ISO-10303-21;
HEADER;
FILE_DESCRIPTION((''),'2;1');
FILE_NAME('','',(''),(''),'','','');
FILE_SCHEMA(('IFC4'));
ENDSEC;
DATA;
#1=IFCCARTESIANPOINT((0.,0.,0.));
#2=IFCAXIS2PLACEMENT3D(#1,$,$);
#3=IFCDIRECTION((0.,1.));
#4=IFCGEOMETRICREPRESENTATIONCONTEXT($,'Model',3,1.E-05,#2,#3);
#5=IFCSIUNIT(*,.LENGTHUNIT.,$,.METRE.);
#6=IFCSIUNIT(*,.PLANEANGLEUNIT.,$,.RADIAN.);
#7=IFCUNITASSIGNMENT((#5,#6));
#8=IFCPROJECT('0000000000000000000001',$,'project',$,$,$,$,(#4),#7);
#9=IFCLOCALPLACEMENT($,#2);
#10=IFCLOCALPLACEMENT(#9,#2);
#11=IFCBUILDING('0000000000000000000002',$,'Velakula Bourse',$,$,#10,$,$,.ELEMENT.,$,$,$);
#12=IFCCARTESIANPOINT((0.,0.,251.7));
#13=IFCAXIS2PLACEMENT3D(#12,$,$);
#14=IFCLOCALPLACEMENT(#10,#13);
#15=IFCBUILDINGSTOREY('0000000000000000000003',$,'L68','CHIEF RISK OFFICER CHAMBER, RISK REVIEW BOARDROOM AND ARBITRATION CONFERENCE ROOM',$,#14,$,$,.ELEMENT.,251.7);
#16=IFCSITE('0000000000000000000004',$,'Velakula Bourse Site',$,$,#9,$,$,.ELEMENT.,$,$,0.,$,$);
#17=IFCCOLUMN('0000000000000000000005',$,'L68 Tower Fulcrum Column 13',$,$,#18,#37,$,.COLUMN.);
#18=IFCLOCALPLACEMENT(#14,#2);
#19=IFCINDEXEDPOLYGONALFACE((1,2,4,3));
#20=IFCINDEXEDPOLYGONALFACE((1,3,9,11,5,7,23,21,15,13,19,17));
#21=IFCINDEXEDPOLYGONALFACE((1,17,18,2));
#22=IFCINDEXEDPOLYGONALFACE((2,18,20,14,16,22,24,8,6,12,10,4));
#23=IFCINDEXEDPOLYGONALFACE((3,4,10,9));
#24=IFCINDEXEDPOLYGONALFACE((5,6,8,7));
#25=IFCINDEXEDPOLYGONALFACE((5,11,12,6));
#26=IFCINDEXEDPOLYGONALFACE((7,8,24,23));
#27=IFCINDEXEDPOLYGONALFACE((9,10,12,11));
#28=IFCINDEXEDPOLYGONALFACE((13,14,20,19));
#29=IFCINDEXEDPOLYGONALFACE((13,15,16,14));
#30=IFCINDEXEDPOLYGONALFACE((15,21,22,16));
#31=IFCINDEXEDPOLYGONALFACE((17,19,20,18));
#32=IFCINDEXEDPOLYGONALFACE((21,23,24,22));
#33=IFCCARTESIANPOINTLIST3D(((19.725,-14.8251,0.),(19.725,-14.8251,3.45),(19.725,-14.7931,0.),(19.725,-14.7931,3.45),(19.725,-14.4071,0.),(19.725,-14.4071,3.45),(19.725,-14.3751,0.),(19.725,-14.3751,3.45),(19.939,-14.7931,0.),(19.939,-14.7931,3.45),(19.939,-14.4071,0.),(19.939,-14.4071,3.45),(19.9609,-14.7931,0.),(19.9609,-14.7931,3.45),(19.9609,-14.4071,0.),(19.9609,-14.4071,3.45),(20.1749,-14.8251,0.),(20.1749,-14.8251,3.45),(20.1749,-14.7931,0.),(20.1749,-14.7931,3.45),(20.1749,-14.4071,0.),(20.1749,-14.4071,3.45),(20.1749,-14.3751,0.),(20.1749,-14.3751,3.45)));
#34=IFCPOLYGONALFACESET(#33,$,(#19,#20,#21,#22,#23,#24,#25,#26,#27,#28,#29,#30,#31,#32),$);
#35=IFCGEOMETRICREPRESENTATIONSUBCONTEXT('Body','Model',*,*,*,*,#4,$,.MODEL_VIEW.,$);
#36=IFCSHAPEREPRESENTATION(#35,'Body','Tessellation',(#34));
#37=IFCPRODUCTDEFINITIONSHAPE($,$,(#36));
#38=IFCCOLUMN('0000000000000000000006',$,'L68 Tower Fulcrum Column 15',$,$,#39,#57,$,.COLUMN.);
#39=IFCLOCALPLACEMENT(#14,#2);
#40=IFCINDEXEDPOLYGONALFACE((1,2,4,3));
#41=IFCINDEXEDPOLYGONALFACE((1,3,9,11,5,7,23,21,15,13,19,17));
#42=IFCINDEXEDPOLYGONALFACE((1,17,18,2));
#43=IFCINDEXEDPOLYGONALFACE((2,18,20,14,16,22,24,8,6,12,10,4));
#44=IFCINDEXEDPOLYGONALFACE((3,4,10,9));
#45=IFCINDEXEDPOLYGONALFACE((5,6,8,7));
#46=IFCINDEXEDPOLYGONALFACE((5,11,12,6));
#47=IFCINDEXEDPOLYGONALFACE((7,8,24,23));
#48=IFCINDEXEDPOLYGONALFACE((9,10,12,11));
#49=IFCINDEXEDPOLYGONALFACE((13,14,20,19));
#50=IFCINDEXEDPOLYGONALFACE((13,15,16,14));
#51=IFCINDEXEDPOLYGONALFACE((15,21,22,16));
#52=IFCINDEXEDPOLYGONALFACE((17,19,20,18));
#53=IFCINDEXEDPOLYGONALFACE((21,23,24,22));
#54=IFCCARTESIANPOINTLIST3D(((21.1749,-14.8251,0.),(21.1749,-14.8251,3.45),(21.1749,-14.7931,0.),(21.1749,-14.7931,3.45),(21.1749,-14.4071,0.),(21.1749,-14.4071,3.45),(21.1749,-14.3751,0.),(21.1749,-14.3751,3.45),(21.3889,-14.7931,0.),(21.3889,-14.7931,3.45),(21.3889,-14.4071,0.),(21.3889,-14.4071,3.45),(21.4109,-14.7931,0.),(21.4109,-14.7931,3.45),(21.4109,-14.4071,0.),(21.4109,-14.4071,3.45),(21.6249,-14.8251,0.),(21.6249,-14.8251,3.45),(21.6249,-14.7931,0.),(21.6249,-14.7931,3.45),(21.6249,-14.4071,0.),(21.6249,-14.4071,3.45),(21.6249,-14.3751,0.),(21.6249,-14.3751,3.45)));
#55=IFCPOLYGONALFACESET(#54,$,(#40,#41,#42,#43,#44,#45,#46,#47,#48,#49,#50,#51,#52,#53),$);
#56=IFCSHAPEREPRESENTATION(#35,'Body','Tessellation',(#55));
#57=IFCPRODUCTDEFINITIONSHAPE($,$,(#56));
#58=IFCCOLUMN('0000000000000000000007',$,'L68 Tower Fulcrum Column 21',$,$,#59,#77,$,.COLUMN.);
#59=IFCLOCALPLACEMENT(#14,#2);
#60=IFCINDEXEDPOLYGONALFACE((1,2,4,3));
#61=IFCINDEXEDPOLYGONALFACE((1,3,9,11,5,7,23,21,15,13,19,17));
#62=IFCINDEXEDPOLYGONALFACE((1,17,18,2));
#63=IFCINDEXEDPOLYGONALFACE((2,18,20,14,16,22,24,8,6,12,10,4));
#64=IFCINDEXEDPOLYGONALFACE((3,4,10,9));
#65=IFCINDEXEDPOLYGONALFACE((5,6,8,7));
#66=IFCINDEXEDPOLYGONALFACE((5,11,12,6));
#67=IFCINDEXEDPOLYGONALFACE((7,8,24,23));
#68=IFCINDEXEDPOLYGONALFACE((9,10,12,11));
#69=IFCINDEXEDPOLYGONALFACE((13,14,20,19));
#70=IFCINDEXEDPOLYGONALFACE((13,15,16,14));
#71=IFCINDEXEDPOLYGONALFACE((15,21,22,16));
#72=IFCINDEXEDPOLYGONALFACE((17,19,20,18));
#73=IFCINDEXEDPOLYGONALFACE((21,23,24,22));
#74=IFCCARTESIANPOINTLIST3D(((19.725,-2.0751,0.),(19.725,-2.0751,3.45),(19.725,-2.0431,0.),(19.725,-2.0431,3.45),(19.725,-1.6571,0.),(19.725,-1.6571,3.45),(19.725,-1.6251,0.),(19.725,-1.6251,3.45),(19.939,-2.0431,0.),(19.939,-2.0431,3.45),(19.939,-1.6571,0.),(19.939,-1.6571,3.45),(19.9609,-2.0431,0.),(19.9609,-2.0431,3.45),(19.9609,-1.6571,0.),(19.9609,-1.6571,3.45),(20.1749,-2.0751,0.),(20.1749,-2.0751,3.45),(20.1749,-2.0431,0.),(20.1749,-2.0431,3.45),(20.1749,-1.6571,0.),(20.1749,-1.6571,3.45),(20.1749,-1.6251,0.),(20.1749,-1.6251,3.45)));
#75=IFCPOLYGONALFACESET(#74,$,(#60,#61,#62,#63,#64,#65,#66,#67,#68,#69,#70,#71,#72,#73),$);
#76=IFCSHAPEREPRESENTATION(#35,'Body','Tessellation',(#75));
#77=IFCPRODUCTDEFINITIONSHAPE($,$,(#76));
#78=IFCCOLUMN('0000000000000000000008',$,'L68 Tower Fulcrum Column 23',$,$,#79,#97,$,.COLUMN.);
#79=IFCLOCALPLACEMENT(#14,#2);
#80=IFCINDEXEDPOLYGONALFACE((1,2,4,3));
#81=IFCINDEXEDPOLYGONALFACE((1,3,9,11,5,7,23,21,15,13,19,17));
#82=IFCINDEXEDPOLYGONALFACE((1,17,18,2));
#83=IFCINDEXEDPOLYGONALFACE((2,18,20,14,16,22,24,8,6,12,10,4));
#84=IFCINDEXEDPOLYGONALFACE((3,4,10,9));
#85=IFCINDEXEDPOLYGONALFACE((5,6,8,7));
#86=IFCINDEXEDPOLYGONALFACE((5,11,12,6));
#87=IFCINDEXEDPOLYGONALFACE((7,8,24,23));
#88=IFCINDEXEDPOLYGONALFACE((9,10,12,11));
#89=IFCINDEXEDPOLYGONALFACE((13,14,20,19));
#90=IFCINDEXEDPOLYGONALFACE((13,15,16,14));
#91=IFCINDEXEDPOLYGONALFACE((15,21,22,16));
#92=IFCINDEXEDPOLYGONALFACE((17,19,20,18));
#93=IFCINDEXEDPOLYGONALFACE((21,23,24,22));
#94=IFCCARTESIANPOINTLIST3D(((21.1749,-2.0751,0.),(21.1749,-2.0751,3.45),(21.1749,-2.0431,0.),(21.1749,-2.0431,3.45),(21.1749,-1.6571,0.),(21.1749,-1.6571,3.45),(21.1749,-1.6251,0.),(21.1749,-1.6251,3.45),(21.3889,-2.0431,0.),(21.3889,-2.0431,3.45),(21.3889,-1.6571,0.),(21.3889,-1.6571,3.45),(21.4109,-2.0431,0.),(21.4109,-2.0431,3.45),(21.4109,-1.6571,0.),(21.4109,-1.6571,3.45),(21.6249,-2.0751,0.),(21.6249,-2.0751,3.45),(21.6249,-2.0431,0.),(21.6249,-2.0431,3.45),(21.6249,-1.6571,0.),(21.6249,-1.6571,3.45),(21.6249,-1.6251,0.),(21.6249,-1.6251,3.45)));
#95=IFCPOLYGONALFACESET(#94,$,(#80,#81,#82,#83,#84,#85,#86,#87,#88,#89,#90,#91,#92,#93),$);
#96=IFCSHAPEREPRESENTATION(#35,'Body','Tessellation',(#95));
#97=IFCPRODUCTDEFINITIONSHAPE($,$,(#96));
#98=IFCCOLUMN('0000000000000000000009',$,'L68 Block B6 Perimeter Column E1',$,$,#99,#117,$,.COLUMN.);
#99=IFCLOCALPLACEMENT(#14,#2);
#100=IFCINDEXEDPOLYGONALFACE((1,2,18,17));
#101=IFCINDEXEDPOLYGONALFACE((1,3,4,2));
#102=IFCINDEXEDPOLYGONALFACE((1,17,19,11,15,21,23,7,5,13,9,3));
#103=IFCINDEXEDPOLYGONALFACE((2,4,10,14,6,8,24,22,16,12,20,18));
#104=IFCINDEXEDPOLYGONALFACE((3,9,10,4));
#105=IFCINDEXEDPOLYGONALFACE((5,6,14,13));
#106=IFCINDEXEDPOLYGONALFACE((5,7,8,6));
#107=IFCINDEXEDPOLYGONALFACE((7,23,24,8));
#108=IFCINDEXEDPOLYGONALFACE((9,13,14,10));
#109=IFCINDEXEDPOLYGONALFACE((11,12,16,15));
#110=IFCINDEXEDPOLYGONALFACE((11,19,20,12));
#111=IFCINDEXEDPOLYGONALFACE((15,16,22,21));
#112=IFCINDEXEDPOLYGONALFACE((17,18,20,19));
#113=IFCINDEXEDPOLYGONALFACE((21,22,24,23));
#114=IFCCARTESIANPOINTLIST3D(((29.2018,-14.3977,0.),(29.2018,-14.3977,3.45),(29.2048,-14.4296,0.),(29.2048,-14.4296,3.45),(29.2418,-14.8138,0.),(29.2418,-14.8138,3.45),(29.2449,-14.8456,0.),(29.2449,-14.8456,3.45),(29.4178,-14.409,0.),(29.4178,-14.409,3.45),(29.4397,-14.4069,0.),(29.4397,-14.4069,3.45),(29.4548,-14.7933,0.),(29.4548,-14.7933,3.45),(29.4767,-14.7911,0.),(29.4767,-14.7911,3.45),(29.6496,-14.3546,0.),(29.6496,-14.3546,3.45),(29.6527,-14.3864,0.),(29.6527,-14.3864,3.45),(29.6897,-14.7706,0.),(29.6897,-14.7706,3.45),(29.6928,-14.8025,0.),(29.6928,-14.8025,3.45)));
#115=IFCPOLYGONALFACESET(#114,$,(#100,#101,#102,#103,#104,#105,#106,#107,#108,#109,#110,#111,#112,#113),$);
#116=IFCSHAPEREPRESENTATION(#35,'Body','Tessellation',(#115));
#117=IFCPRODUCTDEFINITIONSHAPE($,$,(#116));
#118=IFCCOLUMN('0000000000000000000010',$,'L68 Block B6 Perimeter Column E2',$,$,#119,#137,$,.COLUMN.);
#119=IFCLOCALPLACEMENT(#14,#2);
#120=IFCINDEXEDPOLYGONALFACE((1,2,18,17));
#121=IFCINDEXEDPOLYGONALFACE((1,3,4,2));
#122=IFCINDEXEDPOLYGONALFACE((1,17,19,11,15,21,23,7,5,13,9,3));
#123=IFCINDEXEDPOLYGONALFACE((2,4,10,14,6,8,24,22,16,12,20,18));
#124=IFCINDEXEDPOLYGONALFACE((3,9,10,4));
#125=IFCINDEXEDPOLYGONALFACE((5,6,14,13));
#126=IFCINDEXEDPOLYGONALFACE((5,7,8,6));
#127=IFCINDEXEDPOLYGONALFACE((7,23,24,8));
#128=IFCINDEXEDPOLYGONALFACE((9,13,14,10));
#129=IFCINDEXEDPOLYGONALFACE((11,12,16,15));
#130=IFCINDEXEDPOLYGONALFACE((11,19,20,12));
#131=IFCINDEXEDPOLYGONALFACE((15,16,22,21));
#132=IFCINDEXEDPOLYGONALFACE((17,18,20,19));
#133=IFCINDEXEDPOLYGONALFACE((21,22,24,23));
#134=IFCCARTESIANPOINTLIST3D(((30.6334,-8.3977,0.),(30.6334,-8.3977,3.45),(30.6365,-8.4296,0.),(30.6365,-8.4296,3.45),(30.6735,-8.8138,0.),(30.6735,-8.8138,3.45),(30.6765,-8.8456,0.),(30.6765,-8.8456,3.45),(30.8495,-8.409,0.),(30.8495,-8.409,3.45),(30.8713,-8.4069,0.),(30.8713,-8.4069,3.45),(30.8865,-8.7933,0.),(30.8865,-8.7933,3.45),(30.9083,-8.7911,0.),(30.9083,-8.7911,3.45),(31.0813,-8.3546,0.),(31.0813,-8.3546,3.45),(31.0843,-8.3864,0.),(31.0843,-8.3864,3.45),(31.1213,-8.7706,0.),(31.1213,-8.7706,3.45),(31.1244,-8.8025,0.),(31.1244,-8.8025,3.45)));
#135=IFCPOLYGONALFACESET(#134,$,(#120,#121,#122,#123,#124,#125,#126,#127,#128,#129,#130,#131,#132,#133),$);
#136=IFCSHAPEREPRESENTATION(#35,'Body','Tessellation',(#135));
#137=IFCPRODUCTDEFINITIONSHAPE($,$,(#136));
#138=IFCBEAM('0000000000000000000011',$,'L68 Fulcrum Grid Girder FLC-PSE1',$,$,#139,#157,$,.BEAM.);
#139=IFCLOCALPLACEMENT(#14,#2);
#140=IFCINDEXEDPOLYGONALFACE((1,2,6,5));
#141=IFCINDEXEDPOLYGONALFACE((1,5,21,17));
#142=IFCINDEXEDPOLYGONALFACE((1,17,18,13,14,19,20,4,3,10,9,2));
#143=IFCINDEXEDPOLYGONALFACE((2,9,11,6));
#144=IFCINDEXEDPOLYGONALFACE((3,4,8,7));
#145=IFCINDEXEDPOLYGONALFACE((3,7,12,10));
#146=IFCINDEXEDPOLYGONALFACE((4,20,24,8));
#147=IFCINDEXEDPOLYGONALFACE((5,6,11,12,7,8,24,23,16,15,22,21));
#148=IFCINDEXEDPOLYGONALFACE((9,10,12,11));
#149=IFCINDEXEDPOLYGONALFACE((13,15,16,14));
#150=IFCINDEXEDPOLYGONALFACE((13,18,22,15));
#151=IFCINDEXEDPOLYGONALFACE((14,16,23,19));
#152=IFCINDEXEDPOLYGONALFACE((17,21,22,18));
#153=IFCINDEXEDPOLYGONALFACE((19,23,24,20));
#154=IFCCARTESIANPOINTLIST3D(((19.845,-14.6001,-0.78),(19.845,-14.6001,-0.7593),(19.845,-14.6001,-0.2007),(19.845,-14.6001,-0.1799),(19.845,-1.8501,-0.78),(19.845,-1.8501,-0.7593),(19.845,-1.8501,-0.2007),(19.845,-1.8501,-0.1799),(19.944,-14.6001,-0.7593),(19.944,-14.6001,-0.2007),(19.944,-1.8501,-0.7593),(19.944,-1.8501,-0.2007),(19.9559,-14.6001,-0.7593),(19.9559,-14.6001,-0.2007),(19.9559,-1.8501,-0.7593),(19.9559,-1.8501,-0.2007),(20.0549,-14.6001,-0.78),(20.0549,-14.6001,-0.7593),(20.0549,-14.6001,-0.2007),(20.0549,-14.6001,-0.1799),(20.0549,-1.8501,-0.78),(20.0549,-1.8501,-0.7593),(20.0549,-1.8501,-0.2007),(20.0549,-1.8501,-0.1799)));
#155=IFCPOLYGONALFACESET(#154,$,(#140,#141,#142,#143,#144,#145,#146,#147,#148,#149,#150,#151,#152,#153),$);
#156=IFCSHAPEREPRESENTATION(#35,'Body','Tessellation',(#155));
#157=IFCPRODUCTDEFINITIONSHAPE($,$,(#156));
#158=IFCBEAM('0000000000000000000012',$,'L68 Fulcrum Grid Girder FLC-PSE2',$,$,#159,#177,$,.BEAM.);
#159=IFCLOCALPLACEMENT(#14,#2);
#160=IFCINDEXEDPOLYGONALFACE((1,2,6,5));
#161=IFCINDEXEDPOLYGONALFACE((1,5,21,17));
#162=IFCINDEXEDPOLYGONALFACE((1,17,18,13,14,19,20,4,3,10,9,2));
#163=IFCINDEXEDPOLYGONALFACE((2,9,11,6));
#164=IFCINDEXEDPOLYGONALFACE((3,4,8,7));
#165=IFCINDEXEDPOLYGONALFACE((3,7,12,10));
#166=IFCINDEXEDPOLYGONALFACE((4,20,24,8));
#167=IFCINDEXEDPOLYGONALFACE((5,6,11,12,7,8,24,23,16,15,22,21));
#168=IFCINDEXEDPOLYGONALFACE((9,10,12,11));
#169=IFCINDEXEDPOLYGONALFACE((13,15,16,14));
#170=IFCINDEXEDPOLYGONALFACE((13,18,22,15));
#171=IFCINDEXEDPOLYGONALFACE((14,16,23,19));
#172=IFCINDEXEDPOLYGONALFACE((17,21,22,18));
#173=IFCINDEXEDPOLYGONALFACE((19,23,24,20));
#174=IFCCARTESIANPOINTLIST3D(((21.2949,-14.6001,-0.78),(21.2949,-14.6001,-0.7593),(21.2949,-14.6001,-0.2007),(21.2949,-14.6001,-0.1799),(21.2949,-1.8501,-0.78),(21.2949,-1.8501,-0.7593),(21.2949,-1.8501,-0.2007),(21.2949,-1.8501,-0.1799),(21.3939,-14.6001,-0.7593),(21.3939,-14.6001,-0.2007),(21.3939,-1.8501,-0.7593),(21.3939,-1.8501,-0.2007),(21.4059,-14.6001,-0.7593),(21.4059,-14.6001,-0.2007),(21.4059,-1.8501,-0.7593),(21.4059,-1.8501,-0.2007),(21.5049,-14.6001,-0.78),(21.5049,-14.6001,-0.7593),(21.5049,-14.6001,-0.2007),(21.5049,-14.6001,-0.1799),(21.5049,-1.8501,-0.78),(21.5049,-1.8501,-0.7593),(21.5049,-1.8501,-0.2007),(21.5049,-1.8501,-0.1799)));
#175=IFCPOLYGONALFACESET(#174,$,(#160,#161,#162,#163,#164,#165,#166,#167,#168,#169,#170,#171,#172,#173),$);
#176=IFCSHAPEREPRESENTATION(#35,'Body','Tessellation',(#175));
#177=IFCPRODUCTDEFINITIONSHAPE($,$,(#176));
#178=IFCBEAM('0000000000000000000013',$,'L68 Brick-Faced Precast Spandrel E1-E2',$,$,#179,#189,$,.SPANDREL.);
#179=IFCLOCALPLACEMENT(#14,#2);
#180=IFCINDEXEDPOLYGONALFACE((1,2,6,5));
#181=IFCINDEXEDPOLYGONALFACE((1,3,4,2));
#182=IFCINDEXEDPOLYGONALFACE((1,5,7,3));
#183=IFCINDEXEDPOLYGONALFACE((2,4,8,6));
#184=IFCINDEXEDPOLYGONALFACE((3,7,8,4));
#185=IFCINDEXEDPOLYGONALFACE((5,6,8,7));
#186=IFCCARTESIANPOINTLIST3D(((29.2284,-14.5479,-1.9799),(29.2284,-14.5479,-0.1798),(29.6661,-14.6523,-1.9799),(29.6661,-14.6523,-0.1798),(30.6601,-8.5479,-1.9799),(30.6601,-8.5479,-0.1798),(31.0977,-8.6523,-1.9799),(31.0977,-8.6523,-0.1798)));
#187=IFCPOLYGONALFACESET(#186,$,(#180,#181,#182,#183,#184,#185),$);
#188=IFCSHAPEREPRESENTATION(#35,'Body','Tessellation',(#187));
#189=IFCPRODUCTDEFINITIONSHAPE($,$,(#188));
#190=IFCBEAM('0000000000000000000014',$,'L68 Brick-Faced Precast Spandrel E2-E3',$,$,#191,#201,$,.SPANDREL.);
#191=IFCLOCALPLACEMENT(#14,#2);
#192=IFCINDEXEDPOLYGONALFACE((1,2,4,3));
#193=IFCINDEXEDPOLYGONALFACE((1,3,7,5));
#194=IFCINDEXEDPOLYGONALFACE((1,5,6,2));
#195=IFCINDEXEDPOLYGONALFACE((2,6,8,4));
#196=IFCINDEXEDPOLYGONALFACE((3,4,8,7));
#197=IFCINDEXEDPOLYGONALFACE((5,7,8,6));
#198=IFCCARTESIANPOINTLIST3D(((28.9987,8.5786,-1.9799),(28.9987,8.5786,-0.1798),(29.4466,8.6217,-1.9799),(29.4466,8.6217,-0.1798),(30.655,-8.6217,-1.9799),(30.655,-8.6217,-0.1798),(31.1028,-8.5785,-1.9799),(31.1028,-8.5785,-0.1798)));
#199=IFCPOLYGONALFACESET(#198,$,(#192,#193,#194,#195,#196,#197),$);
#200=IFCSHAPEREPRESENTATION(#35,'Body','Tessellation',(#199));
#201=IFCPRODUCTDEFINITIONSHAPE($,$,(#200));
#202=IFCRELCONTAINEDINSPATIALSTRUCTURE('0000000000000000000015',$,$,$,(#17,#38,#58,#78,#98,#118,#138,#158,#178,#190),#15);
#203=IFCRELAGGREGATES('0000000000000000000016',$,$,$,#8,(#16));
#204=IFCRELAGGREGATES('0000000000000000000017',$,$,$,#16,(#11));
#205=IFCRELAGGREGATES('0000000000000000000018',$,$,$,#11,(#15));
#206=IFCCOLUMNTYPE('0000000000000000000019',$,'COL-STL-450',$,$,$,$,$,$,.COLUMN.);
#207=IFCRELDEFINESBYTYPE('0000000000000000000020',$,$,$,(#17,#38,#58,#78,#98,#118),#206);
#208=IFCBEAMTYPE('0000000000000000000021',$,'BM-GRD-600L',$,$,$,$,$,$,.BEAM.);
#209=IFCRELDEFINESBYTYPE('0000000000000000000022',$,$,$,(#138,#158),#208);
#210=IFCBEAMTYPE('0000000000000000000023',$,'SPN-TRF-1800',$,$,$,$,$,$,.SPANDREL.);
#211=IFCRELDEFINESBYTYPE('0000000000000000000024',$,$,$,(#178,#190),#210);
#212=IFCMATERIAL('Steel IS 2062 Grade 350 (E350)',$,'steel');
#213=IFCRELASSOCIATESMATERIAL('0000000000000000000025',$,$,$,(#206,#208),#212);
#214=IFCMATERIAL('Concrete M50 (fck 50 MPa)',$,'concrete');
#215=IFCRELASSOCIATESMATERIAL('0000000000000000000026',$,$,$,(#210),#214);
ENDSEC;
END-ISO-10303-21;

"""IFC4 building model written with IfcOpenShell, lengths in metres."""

from ifc_helpers import new_model, si_unit, direction, frame, origin, origin_2d, place, context, subcontext, project, spatial, rectangle, i_section, extrude, material, material_profile, profile_set, type_object, element, save


model = new_model("IFC4")

# Units and contexts
model_context = context("Model", 3, precision=1e-05, world=origin(), true_north=direction((0.0, 1.0)))
body_context = subcontext(model_context, "Body", "Model", "MODEL_VIEW")
ifc_project = project(units=[si_unit("LENGTHUNIT", "METRE"), si_unit("PLANEANGLEUNIT", "RADIAN")], contexts=[model_context])

# Site, building, storey
site_placement = place(None, origin())
site = spatial("IfcSite", under=ifc_project, at=site_placement, Name="Velakula Bourse Site", CompositionType="ELEMENT", RefElevation=0.0)
building_placement = place(site_placement, origin())
building = spatial("IfcBuilding", under=site, at=building_placement, Name="Velakula Bourse", CompositionType="ELEMENT")
storey_placement = place(building_placement, frame((0.0, 0.0, 251.7)))
storey = spatial("IfcBuildingStorey", under=building, at=storey_placement, Name="L68", Description="CHIEF RISK OFFICER CHAMBER, RISK REVIEW BOARDROOM AND ARBITRATION CONFERENCE ROOM", CompositionType="ELEMENT", Elevation=251.7)

# Columns
ifc_material_1 = material(Name="Steel IS 2062 Grade 350 (E350)", Category="steel")
ifc_material_profile_1 = material_profile(ifc_material_1, i_section(OverallWidth=0.45, OverallDepth=0.45, WebThickness=0.022, FlangeThickness=0.032, at=origin_2d()), Name="Steel IS 2062 Grade 350 (E350)")
ifc_profile_set_1 = profile_set([ifc_material_profile_1], Name="Steel IS 2062 Grade 350 (E350)")
column_type = type_object("IfcColumnType", Name="COL-STL-450", PredefinedType="COLUMN", material=ifc_profile_set_1)
for number, where, z_axis, x_axis, name in (
    (1, (19.95, -14.6001, 0.0), (0.0, 0.0, 1.0), (1.0, 0.0, 0.0), "L68 Tower Fulcrum Column 13"),
    (2, (21.3999, -14.6001, 0.0), (0.0, 0.0, 1.0), (1.0, 0.0, 0.0), "L68 Tower Fulcrum Column 15"),
    (3, (19.95, -1.8501, 0.0), (0.0, 0.0, 1.0), (1.0, 0.0, 0.0), "L68 Tower Fulcrum Column 21"),
    (4, (21.3999, -1.8501, 0.0), (0.0, 0.0, 1.0), (1.0, 0.0, 0.0), "L68 Tower Fulcrum Column 23"),
    (5, (29.4473, -14.6001, 0.0), (0.0, 0.0, 1.0), (0.995396, 0.095846, 0.0), "L68 Block B6 Perimeter Column E1"),
    (6, (30.8789, -8.6001, 0.0), (0.0, 0.0, 1.0), (0.995396, 0.095846, 0.0), "L68 Block B6 Perimeter Column E2"),
):
    element("IfcColumn", number, at=place(storey_placement, frame(where, z_axis=z_axis, x_axis=x_axis)), inside=storey, type_object=column_type, Name=name, PredefinedType="COLUMN", context=body_context, shape_type="SweptSolid", body=[
        extrude(i_section(OverallWidth=0.45, OverallDepth=0.45, WebThickness=0.022, FlangeThickness=0.032, at=origin_2d()), origin(), (0.0, 0.0, 1.0), 3.45),
    ])

# Beams
ifc_material_profile_2 = material_profile(ifc_material_1, i_section(OverallWidth=0.21, OverallDepth=0.6001, WebThickness=0.012, FlangeThickness=0.0208, at=origin_2d()), Name="Steel IS 2062 Grade 350 (E350)")
ifc_profile_set_2 = profile_set([ifc_material_profile_2], Name="Steel IS 2062 Grade 350 (E350)")
beam_type_1 = type_object("IfcBeamType", Name="BM-GRD-600L", PredefinedType="BEAM", material=ifc_profile_set_2)
for number, where, z_axis, x_axis, name in (
    (7, (19.95, -14.6001, -0.48), (0.0, 1.0, 0.0), (-1.0, 0.0, 0.0), "L68 Fulcrum Grid Girder FLC-PSE1"),
    (8, (21.3999, -14.6001, -0.48), (0.0, 1.0, 0.0), (-1.0, 0.0, 0.0), "L68 Fulcrum Grid Girder FLC-PSE2"),
):
    element("IfcBeam", number, at=place(storey_placement, frame(where, z_axis=z_axis, x_axis=x_axis)), inside=storey, type_object=beam_type_1, Name=name, PredefinedType="BEAM", context=body_context, shape_type="SweptSolid", body=[
        extrude(i_section(OverallWidth=0.21, OverallDepth=0.6001, WebThickness=0.012, FlangeThickness=0.0208, at=origin_2d()), origin(), (0.0, 0.0, 1.0), 12.75),
    ])
ifc_material_2 = material(Name="Concrete M50 (fck 50 MPa)", Category="concrete")
ifc_material_profile_3 = material_profile(ifc_material_2, rectangle(XDim=0.45, YDim=1.8, at=origin_2d()), Name="Concrete M50 (fck 50 MPa)")
ifc_profile_set_3 = profile_set([ifc_material_profile_3], Name="Concrete M50 (fck 50 MPa)")
beam_type_2 = type_object("IfcBeamType", Name="SPN-TRF-1800", PredefinedType="SPANDREL", material=ifc_profile_set_3)
beam_1_placement = place(storey_placement, frame((29.4473, -14.6001, -1.0798), z_axis=(0.232091, 0.972694, 0.0), x_axis=(-0.972694, 0.232091, 0.0)))
element("IfcBeam", 9, at=beam_1_placement, inside=storey, type_object=beam_type_2, Name="L68 Brick-Faced Precast Spandrel E1-E2", PredefinedType="SPANDREL", context=body_context, shape_type="SweptSolid", body=[
    extrude(rectangle(XDim=0.45, YDim=1.8, at=origin_2d()), origin(), (0.0, 0.0, 1.0), 6.1685),
])
beam_2_placement = place(storey_placement, frame((30.8789, -8.6001, -1.0798), z_axis=(-0.095849, 0.995396, 0.0), x_axis=(-0.995396, -0.095849, 0.0)))
element("IfcBeam", 10, at=beam_2_placement, inside=storey, type_object=beam_type_2, Name="L68 Brick-Faced Precast Spandrel E2-E3", PredefinedType="SPANDREL", context=body_context, shape_type="SweptSolid", body=[
    extrude(rectangle(XDim=0.45, YDim=1.8, at=origin_2d()), origin(), (0.0, 0.0, 1.0), 17.2798),
])

save(model, "model.ifc")
